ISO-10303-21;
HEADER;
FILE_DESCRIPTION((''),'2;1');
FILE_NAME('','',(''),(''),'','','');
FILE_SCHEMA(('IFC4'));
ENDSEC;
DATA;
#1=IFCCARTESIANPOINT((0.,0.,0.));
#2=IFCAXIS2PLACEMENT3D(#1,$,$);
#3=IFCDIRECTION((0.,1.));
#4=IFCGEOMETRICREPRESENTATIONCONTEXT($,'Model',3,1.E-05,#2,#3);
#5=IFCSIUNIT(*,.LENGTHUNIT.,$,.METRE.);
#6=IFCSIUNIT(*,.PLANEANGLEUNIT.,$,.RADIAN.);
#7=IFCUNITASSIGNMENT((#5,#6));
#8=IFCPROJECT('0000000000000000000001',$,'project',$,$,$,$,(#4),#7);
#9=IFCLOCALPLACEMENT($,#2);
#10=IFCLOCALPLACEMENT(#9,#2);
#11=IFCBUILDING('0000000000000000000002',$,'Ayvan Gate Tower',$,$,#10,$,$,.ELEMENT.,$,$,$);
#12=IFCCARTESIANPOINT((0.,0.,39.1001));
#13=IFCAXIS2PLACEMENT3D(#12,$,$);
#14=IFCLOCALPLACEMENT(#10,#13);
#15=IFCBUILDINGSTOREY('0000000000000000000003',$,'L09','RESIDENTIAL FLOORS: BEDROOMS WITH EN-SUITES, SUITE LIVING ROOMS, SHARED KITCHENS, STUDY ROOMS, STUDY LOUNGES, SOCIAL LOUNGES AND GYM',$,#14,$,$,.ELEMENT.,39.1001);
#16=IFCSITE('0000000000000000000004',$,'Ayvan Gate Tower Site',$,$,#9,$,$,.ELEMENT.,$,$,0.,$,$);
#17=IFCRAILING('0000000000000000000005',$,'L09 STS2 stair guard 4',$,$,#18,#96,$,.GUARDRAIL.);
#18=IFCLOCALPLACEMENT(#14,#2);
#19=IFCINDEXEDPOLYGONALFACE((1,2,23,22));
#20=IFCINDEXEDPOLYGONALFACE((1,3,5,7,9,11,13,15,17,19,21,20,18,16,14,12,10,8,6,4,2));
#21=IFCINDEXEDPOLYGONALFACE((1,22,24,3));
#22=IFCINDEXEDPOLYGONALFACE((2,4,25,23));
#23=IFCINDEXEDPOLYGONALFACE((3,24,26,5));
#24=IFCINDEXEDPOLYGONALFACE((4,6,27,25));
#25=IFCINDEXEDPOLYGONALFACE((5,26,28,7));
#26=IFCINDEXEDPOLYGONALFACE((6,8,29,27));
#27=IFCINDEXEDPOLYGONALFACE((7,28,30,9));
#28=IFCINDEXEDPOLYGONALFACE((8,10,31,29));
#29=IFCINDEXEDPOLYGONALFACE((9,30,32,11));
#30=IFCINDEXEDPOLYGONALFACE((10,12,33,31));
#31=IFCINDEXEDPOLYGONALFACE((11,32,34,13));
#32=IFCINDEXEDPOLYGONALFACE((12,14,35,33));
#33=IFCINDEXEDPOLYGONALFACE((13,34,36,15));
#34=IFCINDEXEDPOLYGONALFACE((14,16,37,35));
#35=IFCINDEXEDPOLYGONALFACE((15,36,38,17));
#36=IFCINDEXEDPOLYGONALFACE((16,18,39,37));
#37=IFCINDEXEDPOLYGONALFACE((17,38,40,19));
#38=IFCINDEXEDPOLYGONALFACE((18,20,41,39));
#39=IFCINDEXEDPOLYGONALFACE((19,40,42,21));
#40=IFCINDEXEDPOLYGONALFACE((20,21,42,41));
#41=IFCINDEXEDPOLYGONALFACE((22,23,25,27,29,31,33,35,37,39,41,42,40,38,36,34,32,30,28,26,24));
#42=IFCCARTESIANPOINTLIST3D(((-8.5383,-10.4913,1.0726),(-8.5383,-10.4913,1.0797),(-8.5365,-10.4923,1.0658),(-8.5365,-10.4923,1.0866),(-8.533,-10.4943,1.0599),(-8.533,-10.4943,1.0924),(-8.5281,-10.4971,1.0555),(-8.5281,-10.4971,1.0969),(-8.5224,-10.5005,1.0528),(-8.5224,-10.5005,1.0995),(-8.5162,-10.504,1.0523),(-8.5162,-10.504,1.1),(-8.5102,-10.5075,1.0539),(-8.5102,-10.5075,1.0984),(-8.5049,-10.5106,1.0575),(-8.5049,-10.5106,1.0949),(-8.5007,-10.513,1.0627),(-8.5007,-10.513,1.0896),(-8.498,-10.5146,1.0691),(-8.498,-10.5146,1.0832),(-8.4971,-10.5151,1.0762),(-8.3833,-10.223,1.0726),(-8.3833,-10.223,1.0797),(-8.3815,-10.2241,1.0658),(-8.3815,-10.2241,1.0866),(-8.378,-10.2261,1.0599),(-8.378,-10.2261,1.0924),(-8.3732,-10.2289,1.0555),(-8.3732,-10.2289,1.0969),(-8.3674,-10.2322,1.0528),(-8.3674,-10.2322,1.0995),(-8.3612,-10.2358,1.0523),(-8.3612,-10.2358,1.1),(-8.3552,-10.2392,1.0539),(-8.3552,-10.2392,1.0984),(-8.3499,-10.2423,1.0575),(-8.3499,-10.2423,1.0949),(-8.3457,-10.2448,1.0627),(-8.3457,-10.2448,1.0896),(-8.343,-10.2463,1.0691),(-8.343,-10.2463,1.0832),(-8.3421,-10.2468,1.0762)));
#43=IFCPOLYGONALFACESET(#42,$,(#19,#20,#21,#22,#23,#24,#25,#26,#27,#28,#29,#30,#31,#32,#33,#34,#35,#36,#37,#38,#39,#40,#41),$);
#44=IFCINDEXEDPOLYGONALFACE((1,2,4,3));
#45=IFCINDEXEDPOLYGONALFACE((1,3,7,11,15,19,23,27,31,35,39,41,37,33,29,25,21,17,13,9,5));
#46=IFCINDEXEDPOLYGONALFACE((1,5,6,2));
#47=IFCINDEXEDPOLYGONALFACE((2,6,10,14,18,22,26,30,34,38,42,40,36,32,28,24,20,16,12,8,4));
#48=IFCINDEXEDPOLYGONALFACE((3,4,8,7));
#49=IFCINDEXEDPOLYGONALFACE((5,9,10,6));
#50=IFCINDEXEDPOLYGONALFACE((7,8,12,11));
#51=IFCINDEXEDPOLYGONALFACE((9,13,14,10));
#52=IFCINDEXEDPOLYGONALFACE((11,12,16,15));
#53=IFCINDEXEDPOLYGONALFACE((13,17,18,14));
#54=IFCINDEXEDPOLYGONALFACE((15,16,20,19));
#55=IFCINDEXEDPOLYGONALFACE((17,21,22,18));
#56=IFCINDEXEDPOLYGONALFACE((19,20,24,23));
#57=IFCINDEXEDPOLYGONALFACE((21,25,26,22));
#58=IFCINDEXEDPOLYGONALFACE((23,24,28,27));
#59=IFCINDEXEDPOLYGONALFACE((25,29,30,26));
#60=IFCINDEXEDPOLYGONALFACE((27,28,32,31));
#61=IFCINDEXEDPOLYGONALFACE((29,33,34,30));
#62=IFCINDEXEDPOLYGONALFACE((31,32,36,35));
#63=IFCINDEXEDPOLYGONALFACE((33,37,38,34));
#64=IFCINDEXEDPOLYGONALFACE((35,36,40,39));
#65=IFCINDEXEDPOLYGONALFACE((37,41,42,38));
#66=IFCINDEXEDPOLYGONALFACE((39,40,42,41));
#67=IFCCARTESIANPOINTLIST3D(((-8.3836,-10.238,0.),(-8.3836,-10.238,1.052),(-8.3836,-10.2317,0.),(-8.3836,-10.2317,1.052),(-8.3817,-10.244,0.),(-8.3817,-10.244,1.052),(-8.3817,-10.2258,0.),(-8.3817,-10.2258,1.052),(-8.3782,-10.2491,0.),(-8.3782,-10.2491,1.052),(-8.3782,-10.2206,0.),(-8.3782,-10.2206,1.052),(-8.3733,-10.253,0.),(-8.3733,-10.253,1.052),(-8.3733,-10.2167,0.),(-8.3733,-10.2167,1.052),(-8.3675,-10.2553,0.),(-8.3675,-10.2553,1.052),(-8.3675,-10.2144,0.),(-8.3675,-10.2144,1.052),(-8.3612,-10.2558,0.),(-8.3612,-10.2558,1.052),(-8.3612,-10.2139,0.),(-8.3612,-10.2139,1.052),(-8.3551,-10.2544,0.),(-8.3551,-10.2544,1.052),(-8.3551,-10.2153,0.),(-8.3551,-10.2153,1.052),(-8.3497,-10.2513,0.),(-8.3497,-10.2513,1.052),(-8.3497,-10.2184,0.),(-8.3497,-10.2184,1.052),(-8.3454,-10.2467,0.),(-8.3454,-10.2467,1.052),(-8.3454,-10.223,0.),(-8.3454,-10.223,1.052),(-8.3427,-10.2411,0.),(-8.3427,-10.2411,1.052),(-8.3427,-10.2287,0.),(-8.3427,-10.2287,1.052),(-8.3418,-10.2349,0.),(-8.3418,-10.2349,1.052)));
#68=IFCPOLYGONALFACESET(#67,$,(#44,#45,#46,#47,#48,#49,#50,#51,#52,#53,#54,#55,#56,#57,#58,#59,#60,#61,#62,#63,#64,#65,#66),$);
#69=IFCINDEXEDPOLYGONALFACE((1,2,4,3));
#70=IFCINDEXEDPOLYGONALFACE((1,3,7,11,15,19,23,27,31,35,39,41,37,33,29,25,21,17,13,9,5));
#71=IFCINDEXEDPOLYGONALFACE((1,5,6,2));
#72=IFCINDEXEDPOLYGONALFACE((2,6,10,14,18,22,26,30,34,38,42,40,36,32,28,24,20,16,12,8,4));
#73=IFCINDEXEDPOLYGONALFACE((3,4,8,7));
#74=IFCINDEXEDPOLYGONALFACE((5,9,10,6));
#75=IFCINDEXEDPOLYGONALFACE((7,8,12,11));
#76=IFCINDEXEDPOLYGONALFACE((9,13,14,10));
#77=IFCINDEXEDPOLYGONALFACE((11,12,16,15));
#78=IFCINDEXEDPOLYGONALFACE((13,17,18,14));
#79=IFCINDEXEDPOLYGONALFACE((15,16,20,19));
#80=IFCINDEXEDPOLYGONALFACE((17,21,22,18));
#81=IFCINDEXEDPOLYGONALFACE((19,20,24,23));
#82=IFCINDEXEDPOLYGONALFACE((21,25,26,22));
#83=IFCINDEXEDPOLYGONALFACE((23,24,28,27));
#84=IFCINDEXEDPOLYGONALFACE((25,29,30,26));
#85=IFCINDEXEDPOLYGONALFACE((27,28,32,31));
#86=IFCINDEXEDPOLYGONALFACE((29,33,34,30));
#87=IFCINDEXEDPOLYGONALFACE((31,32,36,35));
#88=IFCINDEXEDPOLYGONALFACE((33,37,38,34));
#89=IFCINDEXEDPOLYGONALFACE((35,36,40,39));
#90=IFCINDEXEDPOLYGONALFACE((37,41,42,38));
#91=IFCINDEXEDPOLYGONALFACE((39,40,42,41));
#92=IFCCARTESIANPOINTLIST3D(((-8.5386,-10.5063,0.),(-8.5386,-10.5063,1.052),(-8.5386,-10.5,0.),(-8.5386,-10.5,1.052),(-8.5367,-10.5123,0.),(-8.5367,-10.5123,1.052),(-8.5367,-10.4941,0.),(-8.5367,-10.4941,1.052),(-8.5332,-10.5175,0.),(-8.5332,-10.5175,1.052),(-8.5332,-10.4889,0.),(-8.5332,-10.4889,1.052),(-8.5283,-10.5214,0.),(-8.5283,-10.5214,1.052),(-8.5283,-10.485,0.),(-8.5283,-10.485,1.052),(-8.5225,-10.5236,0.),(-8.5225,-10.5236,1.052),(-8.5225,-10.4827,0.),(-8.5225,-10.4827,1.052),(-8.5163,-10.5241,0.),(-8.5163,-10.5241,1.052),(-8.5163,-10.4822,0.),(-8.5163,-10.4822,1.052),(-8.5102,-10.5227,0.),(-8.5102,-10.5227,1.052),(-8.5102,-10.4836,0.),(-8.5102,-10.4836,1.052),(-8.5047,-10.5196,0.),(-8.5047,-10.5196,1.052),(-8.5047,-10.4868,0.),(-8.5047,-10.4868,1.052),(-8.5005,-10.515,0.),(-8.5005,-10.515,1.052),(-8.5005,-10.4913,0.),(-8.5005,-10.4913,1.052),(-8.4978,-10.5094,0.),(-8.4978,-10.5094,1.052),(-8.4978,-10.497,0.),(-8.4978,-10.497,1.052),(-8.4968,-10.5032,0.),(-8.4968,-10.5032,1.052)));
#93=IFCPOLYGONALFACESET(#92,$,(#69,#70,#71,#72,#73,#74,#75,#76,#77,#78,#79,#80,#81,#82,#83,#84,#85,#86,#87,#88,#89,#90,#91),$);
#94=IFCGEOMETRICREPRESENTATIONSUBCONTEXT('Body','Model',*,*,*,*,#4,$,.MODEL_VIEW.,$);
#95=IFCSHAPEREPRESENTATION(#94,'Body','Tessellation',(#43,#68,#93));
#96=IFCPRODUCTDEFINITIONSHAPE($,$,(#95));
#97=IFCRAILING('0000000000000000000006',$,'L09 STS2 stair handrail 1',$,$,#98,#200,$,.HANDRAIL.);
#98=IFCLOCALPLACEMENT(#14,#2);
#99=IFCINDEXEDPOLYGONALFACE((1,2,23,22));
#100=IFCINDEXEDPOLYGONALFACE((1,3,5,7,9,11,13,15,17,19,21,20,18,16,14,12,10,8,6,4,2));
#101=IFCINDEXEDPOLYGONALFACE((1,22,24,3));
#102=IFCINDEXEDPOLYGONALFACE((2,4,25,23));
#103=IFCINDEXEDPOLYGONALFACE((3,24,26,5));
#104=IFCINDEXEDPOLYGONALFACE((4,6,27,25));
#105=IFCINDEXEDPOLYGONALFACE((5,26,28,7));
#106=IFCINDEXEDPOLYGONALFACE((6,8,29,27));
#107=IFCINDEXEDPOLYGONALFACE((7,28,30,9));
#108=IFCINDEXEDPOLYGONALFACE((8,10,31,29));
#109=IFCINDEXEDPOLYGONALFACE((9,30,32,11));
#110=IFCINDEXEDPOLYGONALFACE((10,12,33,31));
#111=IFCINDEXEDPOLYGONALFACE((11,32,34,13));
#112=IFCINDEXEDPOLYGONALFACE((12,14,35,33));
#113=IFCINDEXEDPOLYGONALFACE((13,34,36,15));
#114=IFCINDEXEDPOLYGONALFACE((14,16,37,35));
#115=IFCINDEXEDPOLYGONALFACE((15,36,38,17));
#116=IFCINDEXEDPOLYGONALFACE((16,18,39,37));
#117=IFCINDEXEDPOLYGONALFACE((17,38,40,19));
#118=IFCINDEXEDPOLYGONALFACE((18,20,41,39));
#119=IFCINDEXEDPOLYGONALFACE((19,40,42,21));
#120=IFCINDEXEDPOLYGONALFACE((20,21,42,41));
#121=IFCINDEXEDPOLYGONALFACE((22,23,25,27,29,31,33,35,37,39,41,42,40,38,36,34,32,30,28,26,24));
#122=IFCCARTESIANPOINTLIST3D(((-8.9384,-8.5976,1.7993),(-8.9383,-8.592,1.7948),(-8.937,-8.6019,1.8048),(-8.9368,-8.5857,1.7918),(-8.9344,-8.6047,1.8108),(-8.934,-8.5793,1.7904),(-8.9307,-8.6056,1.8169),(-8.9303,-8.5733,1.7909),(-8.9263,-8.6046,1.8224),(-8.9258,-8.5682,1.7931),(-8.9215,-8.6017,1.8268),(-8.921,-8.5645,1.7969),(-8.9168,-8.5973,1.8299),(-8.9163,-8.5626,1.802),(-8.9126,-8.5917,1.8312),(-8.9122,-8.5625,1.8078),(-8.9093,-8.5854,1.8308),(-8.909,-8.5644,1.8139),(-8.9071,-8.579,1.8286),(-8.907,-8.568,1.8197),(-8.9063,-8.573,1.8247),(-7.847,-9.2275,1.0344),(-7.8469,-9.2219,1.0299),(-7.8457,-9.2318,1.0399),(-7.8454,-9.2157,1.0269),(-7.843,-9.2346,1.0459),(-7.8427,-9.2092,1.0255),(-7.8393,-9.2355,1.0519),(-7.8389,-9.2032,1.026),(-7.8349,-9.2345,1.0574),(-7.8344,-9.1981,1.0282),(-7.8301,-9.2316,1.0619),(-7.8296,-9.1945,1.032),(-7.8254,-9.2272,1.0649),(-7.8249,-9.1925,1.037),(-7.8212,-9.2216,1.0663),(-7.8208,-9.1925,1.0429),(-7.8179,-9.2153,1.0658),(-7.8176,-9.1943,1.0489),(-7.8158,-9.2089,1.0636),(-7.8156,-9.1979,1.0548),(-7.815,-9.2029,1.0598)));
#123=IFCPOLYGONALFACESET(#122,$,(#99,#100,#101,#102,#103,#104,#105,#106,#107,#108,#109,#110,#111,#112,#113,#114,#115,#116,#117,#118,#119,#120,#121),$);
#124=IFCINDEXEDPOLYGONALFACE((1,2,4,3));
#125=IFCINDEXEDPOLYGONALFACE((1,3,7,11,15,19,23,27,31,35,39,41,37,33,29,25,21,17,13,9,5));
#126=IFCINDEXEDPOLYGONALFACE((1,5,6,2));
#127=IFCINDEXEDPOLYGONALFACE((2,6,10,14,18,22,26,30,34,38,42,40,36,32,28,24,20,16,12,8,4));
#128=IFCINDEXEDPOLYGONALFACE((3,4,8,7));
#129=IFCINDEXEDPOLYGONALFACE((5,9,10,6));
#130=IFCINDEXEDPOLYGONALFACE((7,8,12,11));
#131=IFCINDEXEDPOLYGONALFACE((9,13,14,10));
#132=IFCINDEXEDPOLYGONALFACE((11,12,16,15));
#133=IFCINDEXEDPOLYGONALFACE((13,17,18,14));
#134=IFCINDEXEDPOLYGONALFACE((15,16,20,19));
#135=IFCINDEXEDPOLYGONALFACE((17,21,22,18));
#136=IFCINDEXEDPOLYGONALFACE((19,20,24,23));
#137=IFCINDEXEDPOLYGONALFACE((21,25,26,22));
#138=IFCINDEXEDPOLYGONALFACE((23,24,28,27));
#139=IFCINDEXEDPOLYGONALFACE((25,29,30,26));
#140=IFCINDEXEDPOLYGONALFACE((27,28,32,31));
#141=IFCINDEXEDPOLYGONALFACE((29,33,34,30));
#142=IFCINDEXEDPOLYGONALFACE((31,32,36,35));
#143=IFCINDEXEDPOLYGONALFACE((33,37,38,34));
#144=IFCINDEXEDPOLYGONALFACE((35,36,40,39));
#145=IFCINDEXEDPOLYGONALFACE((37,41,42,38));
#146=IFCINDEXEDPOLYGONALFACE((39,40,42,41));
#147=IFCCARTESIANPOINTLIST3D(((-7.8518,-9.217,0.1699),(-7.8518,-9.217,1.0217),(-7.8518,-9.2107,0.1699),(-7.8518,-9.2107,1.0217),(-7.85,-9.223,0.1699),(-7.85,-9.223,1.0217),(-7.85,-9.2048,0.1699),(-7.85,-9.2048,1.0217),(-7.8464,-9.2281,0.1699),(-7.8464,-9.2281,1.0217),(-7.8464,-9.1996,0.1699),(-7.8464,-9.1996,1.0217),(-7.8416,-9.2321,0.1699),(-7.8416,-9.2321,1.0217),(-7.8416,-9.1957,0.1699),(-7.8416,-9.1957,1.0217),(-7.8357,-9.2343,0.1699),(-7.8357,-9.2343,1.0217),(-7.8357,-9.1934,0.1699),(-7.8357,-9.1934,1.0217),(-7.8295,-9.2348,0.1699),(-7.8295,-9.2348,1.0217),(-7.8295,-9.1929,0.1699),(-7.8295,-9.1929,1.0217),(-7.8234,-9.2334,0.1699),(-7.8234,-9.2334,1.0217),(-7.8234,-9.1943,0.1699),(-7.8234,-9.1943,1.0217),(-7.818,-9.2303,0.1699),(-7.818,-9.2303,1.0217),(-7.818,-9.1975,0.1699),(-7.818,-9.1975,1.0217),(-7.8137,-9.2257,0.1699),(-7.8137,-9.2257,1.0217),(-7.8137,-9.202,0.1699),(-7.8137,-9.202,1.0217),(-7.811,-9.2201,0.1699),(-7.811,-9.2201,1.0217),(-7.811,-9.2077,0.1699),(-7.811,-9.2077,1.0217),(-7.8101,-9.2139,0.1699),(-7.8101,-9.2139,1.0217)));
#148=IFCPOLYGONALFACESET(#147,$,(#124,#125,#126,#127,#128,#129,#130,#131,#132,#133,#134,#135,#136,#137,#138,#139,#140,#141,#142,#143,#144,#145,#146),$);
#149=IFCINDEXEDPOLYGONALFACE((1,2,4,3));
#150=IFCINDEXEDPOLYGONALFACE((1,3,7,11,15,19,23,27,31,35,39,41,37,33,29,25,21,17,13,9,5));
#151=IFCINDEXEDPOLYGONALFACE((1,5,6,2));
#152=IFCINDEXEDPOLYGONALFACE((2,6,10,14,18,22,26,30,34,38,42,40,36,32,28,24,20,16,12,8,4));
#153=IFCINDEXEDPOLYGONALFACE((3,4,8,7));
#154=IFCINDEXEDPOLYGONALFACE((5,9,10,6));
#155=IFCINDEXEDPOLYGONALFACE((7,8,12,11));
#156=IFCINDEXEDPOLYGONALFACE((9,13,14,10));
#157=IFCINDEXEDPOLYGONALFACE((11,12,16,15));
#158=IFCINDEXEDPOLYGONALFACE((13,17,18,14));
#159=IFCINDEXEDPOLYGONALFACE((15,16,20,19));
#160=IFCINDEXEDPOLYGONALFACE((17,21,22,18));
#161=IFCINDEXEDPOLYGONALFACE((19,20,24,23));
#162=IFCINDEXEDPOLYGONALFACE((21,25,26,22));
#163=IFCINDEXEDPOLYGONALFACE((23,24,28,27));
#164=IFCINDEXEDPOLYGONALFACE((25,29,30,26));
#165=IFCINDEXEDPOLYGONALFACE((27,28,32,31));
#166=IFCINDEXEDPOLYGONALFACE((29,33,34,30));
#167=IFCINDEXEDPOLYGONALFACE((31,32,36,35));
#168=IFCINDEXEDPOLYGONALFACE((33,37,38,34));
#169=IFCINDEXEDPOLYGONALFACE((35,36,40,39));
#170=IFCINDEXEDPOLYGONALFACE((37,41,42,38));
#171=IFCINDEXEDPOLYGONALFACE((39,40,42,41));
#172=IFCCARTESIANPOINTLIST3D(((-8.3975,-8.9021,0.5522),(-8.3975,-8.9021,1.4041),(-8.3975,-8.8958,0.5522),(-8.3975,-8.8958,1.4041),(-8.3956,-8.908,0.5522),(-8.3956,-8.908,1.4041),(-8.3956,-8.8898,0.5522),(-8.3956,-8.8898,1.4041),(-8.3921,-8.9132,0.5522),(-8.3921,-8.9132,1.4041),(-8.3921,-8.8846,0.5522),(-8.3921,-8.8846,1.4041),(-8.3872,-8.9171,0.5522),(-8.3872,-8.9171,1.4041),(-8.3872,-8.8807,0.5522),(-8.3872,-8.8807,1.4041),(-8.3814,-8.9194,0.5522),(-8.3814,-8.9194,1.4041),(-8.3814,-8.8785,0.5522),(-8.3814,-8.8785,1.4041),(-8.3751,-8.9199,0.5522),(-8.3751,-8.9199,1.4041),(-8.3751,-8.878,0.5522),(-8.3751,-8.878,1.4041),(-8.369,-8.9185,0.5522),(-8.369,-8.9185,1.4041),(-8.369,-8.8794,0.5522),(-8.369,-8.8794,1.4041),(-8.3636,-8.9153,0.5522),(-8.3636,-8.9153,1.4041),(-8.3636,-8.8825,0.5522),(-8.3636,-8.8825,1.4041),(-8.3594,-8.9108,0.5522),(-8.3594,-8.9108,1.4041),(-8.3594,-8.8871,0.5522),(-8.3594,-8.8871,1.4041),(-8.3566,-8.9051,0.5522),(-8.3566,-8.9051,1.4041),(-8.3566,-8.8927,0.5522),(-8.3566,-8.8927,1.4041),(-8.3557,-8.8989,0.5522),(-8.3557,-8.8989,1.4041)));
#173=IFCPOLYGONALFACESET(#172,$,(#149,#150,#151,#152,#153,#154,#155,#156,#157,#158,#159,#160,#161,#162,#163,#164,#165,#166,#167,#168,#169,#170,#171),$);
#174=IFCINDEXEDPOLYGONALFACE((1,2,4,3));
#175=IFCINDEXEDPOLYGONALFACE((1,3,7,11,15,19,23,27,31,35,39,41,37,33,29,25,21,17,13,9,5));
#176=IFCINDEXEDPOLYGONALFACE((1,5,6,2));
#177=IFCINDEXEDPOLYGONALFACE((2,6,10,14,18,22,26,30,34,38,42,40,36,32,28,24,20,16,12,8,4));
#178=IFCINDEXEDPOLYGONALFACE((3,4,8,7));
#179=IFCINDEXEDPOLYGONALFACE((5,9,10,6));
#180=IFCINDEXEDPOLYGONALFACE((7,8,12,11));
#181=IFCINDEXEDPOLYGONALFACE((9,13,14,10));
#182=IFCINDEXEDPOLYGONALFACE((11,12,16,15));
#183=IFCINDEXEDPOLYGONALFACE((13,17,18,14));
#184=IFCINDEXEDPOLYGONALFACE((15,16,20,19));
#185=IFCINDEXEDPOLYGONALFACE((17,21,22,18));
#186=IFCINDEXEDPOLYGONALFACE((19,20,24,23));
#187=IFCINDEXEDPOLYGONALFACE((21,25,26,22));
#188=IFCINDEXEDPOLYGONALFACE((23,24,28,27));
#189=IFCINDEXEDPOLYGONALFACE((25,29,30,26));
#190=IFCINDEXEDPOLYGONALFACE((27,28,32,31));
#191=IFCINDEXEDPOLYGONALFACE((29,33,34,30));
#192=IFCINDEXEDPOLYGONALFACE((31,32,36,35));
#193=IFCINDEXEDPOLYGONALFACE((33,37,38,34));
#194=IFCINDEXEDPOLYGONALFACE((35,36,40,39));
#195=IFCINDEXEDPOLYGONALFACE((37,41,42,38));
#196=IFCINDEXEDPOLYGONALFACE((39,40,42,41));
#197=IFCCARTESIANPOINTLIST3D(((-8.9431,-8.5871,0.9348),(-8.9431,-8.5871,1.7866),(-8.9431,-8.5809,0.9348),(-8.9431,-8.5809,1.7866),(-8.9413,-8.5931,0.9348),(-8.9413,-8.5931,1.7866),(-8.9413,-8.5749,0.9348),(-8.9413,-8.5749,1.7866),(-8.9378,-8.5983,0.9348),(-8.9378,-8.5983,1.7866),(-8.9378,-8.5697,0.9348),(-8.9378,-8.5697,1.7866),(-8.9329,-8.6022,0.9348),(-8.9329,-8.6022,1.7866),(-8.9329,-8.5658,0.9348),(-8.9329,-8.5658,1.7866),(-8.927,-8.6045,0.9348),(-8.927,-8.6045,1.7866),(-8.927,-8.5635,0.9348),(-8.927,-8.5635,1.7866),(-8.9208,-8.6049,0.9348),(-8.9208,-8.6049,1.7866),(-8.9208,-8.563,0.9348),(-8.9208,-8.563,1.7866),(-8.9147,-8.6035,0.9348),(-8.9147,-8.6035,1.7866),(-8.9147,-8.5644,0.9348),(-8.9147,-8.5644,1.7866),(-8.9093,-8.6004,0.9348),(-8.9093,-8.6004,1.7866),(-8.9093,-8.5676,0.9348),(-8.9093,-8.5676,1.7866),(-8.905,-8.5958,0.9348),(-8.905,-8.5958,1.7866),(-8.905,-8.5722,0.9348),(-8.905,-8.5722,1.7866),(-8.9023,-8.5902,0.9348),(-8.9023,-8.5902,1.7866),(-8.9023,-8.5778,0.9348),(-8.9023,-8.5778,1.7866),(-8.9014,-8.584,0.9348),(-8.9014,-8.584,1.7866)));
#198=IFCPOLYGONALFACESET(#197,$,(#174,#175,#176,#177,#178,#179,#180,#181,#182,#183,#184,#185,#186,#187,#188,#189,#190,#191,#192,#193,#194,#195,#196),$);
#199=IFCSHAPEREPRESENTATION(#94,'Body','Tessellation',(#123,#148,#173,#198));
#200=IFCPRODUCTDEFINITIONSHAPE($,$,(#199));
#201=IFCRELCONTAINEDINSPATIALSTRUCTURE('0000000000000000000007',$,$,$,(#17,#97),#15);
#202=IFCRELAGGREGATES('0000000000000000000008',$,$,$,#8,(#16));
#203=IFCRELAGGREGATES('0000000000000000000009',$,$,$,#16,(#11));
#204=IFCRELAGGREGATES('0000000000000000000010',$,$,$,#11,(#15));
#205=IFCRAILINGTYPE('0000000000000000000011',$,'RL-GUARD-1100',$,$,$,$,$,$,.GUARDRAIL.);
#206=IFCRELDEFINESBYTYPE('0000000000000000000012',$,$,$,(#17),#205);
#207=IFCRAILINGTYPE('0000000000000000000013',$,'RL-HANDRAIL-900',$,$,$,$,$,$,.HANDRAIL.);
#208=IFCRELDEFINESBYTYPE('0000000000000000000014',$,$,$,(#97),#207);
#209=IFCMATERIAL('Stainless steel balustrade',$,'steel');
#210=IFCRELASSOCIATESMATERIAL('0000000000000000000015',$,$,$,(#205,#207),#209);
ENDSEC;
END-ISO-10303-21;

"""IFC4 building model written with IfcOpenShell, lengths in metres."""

from ifc_helpers import new_model, si_unit, direction, frame, origin, origin_2d, place, context, subcontext, project, spatial, circle, extrude, material, type_object, element, save


model = new_model("IFC4")

# Units and contexts
model_context = context("Model", 3, precision=1e-05, world=origin(), true_north=direction((0.0, 1.0)))
body_context = subcontext(model_context, "Body", "Model", "MODEL_VIEW")
ifc_project = project(units=[si_unit("LENGTHUNIT", "METRE"), si_unit("PLANEANGLEUNIT", "RADIAN")], contexts=[model_context])

# Site, building, storey
site_placement = place(None, origin())
site = spatial("IfcSite", under=ifc_project, at=site_placement, Name="Ayvan Gate Tower Site", CompositionType="ELEMENT", RefElevation=0.0)
building_placement = place(site_placement, origin())
building = spatial("IfcBuilding", under=site, at=building_placement, Name="Ayvan Gate Tower", CompositionType="ELEMENT")
storey_placement = place(building_placement, frame((0.0, 0.0, 39.1001)))
storey = spatial("IfcBuildingStorey", under=building, at=storey_placement, Name="L09", Description="RESIDENTIAL FLOORS: BEDROOMS WITH EN-SUITES, SUITE LIVING ROOMS, SHARED KITCHENS, STUDY ROOMS, STUDY LOUNGES, SOCIAL LOUNGES AND GYM", CompositionType="ELEMENT", Elevation=39.1001)

# Railings
ifc_material_1 = material(Name="Stainless steel balustrade", Category="steel")
railing_type_1 = type_object("IfcRailingType", Name="RL-GUARD-1100", PredefinedType="GUARDRAIL", material=ifc_material_1)
railing_1_placement = place(storey_placement, frame((-8.3628, -10.2349, 0.0)))
element("IfcRailing", 1, at=railing_1_placement, inside=storey, type_object=railing_type_1, Name="L09 STS2 stair guard 4", PredefinedType="GUARDRAIL", context=body_context, shape_type="SweptSolid", body=[
    extrude(circle(Radius=0.0239, at=origin_2d()), frame((0.0, 0.0, 1.0762), z_axis=(-0.500291, -0.865857, 0.0), x_axis=(0.865857, -0.500291, 0.0)), (0.0, 0.0, 1.0), 0.3098),
    extrude(circle(Radius=0.021, at=origin_2d()), origin(), (0.0, 0.0, 1.0), 1.052),
    extrude(circle(Radius=0.021, at=origin_2d()), frame((-0.155, -0.2683, 0.0)), (0.0, 0.0, 1.0), 1.052),
])
railing_type_2 = type_object("IfcRailingType", Name="RL-HANDRAIL-900", PredefinedType="HANDRAIL", material=ifc_material_1)
railing_2_placement = place(storey_placement, frame((-7.8311, -9.2139, 0.1699)))
element("IfcRailing", 2, at=railing_2_placement, inside=storey, type_object=railing_type_2, Name="L09 STS2 stair handrail 1", PredefinedType="HANDRAIL", context=body_context, shape_type="SweptSolid", body=[
    extrude(circle(Radius=0.0239, at=origin_2d()), frame((0.0, 0.0, 0.876), z_axis=(-0.740357, 0.42732, 0.518912), x_axis=(-0.49989, -0.866089, 0.0)), (0.0, 0.0, 1.0), 1.4741),
    extrude(circle(Radius=0.021, at=origin_2d()), origin(), (0.0, 0.0, 1.0), 0.8518),
    extrude(circle(Radius=0.021, at=origin_2d()), frame((-0.5457, 0.3149, 0.3823)), (0.0, 0.0, 1.0), 0.8518),
    extrude(circle(Radius=0.021, at=origin_2d()), frame((-1.0913, 0.6299, 0.7649)), (0.0, 0.0, 1.0), 0.8518),
])

save(model, "model.ifc")
